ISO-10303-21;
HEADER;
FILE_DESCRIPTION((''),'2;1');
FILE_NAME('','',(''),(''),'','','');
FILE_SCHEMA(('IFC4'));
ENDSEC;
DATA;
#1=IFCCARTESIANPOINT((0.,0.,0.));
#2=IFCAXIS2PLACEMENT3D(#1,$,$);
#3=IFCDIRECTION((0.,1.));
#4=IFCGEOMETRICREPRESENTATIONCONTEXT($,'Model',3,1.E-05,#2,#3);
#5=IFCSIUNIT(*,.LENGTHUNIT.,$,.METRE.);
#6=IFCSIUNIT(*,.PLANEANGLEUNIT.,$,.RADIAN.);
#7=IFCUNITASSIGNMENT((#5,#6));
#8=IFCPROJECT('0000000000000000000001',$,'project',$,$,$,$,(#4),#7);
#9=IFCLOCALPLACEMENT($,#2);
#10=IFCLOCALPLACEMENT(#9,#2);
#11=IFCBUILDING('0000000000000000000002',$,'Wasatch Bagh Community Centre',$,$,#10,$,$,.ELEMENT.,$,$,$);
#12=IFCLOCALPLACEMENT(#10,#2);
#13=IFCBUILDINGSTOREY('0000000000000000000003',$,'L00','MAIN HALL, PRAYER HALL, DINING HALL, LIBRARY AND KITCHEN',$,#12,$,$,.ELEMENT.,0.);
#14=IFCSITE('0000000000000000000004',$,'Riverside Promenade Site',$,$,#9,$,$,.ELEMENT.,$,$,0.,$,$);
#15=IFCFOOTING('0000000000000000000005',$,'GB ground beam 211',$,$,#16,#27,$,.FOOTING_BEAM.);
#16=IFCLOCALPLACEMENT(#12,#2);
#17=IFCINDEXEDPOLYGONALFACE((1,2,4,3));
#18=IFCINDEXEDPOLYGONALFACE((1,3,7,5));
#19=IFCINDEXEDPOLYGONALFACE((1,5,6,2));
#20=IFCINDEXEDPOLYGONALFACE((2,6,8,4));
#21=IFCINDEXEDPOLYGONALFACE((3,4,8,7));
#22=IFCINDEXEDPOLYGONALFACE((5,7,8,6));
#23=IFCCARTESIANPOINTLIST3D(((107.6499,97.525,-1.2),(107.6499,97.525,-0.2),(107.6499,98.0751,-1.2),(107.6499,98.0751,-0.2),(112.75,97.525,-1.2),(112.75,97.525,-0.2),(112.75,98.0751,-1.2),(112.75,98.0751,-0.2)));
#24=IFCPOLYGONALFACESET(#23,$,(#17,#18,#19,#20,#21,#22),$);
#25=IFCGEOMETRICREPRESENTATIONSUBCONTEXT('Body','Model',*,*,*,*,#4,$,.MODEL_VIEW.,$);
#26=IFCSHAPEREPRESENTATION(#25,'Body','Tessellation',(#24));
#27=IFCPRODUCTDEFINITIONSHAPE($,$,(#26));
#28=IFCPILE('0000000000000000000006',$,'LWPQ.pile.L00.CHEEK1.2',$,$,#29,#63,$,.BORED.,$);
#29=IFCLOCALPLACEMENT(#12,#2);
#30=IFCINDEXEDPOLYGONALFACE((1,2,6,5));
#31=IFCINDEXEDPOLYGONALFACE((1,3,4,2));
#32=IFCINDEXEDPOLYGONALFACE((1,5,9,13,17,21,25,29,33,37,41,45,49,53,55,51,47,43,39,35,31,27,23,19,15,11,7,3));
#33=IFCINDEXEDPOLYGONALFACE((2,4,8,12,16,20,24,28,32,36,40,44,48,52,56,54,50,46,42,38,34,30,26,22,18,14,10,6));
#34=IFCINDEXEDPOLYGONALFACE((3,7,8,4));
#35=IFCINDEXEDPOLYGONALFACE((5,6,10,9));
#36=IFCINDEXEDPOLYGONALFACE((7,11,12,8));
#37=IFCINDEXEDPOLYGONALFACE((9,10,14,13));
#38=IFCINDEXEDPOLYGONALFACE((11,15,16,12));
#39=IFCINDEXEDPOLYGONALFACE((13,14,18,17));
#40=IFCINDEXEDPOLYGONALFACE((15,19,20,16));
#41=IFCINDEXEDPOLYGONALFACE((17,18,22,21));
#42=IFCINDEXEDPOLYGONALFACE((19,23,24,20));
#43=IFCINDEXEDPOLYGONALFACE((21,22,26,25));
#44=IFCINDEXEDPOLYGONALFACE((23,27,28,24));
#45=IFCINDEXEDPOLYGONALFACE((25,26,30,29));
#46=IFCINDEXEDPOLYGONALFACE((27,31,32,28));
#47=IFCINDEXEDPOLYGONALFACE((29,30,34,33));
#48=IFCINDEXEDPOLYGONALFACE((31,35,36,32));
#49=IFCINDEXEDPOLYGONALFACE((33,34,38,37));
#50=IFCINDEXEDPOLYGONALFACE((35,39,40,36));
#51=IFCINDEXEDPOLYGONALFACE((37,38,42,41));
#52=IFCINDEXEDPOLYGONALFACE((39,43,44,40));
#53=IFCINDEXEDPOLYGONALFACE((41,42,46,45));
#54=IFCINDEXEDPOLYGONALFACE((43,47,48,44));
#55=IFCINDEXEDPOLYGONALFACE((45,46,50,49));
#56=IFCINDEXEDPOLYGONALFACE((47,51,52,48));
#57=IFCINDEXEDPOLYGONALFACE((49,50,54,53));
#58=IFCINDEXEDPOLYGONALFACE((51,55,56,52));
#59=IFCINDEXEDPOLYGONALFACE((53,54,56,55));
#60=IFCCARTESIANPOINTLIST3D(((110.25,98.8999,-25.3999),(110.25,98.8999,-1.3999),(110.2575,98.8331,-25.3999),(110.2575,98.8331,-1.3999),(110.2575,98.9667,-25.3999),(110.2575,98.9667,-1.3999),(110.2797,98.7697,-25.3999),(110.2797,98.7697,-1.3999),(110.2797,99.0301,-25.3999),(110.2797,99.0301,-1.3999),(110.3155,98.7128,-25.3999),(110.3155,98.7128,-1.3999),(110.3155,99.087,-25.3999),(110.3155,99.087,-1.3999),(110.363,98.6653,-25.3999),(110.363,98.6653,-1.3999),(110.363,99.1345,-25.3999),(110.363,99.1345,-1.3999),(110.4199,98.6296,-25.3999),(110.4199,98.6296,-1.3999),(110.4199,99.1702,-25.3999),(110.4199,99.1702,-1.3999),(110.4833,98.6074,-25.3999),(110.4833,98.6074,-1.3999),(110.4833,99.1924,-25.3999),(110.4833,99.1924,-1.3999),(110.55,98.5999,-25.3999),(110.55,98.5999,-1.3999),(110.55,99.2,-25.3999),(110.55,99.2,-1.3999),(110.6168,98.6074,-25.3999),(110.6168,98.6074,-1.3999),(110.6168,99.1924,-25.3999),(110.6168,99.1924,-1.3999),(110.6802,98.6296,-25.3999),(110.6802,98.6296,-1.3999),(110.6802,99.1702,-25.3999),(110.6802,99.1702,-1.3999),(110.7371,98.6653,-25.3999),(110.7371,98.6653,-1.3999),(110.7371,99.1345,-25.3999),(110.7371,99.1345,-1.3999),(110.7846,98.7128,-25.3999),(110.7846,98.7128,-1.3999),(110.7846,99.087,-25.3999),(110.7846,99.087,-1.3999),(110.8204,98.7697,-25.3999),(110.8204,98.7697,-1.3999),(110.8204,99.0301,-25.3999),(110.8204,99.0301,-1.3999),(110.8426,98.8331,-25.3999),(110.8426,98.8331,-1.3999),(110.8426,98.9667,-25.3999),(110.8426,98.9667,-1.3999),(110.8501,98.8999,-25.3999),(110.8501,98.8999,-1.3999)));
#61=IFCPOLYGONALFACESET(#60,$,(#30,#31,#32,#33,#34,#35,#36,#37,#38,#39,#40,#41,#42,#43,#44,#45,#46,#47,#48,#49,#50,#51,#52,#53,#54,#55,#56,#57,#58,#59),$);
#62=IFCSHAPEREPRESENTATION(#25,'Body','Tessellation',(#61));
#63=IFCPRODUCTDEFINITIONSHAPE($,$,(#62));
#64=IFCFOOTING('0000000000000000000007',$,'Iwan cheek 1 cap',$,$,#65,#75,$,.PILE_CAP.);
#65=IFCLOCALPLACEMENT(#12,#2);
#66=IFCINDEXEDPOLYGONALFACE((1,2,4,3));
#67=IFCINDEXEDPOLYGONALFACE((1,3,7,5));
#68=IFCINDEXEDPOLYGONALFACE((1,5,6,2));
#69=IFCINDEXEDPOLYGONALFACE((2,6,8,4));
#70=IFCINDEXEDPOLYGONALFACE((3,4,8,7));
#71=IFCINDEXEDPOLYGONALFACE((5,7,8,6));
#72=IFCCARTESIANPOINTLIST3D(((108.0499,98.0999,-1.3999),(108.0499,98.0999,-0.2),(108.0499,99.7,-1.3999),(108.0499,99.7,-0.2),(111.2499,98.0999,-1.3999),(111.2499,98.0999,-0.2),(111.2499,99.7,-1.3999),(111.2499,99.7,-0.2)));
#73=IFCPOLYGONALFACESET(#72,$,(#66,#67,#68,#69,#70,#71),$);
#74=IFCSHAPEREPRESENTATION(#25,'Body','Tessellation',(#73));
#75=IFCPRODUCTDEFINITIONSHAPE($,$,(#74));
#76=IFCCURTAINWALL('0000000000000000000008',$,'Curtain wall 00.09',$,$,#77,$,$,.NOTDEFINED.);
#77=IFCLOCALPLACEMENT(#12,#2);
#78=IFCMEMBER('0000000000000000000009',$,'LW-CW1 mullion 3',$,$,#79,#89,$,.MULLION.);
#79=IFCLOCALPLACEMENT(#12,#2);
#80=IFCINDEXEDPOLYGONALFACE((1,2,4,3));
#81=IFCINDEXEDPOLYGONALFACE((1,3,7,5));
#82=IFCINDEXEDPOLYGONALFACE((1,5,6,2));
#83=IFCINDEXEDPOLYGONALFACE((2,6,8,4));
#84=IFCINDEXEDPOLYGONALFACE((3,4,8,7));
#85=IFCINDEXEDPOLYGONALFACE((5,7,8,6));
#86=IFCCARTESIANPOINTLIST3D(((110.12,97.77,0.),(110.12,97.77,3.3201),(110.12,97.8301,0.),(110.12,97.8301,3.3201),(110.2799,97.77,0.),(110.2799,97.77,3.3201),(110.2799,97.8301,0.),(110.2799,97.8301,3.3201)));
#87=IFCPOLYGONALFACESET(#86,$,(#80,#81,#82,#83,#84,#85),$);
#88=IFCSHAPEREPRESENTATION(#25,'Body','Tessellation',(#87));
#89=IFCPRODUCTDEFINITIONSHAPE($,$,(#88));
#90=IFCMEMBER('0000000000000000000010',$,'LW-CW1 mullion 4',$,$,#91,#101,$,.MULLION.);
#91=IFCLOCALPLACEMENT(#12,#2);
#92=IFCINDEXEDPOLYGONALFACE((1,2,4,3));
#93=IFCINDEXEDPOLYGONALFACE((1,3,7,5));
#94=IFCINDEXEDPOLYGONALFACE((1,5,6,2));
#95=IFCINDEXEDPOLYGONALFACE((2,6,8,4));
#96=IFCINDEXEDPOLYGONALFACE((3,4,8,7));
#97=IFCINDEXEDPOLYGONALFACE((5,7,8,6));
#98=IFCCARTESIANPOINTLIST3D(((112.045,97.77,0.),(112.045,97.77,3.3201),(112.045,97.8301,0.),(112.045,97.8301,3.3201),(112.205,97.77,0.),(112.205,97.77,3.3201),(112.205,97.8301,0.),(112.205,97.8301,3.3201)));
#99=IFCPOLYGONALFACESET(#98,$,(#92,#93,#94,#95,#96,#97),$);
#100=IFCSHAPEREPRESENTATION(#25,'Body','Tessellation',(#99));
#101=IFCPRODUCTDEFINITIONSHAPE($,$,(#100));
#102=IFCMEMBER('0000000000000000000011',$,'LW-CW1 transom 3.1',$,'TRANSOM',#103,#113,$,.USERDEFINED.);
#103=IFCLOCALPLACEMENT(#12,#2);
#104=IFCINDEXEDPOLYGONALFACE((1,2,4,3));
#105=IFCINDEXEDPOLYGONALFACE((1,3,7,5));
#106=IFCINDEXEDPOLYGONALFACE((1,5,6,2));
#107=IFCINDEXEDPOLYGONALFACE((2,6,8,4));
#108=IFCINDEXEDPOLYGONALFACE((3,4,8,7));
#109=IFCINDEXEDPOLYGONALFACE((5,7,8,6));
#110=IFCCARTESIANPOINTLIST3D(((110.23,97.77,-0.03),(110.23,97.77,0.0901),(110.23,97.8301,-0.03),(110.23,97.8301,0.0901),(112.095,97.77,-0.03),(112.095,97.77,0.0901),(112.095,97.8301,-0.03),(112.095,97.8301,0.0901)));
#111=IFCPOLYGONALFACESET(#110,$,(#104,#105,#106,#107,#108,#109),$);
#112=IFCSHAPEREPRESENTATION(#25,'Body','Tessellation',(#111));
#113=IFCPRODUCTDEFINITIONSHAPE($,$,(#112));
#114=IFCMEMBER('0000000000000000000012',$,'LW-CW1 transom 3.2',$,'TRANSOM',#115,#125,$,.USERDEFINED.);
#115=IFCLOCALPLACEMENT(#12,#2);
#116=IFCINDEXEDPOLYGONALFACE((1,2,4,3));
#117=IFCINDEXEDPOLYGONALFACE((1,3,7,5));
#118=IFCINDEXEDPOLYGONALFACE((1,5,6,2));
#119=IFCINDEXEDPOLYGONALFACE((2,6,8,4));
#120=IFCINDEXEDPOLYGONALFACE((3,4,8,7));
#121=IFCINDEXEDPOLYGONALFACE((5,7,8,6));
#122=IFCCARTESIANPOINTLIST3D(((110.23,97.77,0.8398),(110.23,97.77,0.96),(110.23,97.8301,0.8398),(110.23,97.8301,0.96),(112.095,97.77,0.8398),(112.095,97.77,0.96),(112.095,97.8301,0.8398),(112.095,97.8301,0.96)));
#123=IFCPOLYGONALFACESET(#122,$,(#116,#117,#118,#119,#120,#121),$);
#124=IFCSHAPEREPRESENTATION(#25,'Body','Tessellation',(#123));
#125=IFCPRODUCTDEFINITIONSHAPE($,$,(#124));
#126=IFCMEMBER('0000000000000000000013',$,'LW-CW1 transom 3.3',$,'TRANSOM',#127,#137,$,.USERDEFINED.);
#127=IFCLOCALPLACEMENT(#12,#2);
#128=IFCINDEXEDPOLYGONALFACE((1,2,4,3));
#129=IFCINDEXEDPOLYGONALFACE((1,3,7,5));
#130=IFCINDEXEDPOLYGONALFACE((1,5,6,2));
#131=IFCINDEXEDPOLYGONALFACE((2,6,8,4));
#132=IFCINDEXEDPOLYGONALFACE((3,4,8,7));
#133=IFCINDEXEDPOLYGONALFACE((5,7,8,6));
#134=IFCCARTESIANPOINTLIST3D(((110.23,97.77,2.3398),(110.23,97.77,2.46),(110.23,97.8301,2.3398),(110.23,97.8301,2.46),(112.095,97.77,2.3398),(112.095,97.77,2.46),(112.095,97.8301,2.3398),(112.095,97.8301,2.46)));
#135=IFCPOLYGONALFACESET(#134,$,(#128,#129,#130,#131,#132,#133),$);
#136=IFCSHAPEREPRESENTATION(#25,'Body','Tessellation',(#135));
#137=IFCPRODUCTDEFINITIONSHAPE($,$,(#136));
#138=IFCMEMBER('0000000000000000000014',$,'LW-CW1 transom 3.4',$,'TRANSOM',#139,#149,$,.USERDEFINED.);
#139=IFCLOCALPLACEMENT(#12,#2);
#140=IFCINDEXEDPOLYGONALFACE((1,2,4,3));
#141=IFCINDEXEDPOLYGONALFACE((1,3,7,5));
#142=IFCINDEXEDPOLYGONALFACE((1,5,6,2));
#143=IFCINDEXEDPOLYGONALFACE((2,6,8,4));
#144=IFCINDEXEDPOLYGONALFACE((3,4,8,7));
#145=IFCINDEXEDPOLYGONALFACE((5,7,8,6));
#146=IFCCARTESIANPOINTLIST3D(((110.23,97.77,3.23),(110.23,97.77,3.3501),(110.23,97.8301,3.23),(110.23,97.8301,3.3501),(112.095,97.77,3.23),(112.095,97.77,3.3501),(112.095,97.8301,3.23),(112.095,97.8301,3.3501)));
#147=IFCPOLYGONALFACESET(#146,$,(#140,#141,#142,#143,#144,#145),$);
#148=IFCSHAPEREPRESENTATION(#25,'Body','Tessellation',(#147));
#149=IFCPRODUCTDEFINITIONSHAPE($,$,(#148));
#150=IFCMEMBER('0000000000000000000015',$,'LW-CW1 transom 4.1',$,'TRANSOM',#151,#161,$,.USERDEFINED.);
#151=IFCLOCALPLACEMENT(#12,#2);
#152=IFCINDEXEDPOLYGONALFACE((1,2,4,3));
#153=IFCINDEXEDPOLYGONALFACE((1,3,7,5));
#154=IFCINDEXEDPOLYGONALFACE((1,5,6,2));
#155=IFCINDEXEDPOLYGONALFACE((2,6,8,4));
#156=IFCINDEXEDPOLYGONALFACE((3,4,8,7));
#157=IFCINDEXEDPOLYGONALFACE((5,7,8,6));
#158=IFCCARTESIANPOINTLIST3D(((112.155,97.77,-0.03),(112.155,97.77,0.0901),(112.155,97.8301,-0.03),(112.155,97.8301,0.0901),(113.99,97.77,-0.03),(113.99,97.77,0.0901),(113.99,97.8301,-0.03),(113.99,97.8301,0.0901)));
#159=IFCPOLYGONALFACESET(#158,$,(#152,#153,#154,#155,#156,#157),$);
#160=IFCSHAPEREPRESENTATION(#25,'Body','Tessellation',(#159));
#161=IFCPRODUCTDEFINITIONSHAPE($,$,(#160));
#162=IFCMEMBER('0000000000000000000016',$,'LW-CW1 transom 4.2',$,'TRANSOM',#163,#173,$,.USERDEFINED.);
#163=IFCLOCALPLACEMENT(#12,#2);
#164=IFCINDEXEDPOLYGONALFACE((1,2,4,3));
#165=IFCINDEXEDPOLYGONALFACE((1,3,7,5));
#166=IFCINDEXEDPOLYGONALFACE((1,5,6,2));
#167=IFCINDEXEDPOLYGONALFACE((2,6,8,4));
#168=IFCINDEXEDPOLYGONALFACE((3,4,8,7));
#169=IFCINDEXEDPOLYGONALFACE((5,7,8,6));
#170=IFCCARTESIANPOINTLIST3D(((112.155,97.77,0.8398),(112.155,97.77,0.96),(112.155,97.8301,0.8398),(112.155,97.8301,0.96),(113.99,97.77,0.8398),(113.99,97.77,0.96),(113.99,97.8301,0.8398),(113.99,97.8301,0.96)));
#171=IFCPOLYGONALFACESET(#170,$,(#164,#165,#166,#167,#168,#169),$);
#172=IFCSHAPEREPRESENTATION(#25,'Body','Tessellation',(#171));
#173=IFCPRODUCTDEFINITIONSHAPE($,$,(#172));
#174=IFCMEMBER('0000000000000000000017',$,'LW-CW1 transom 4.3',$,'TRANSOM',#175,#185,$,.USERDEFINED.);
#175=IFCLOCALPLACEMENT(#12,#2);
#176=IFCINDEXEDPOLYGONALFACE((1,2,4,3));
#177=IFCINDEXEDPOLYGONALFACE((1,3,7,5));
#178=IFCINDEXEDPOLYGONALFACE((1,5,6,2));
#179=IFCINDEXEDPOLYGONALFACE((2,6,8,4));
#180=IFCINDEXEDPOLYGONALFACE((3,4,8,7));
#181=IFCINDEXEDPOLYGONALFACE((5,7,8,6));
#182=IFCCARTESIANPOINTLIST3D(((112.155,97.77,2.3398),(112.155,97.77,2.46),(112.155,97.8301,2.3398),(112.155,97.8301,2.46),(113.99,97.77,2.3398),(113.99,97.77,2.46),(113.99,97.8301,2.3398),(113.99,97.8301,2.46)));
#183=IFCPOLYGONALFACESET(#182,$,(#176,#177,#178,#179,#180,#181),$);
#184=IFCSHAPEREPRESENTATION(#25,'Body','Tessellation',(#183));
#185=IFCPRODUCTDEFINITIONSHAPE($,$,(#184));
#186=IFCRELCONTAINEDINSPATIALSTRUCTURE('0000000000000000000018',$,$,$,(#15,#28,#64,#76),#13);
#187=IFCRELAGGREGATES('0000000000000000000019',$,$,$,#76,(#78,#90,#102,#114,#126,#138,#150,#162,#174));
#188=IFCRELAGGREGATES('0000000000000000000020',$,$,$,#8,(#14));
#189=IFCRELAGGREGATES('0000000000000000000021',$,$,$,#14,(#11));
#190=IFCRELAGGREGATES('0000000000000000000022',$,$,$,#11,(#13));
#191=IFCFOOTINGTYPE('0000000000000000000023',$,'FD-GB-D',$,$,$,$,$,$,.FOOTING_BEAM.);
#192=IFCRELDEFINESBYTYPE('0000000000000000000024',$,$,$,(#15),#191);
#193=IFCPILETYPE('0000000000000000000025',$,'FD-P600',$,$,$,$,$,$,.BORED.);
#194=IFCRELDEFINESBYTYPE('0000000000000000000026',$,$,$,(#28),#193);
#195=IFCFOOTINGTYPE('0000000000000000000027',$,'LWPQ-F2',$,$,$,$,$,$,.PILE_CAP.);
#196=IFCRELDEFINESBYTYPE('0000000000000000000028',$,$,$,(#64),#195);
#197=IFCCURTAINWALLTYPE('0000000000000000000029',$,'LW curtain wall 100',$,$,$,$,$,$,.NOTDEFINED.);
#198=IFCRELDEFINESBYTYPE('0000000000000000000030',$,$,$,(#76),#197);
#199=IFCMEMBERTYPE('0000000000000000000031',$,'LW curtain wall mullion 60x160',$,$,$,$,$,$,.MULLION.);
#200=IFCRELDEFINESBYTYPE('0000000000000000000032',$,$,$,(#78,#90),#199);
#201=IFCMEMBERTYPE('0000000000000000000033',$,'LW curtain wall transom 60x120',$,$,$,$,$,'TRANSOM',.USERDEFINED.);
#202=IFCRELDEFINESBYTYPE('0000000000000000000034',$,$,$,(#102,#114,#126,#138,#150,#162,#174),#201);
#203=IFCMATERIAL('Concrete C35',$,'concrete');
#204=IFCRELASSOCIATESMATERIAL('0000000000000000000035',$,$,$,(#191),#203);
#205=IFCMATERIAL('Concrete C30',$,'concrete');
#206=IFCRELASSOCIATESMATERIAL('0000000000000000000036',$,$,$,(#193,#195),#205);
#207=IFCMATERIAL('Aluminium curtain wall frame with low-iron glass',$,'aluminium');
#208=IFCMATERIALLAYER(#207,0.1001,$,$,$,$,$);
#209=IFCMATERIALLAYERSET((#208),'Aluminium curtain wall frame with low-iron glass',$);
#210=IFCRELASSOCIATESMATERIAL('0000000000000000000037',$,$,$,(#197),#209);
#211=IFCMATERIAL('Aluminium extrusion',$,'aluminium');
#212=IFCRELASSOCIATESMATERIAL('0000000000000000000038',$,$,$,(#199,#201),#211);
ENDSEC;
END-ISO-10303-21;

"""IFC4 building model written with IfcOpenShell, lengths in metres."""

from ifc_helpers import new_model, si_unit, direction, frame, origin, origin_2d, place, context, subcontext, project, spatial, rectangle, circle, extrude, material, layer, layer_set, material_profile, profile_set, type_object, element, aggregate, save


model = new_model("IFC4")

# Units and contexts
model_context = context("Model", 3, precision=1e-05, world=origin(), true_north=direction((0.0, 1.0)))
body_context = subcontext(model_context, "Body", "Model", "MODEL_VIEW")
ifc_project = project(units=[si_unit("LENGTHUNIT", "METRE"), si_unit("PLANEANGLEUNIT", "RADIAN")], contexts=[model_context])

# Site, building, storey
site_placement = place(None, origin())
site = spatial("IfcSite", under=ifc_project, at=site_placement, Name="Riverside Promenade Site", CompositionType="ELEMENT", RefElevation=0.0)
building_placement = place(site_placement, origin())
building = spatial("IfcBuilding", under=site, at=building_placement, Name="Wasatch Bagh Community Centre", CompositionType="ELEMENT")
storey_placement = place(building_placement, origin())
storey = spatial("IfcBuildingStorey", under=building, at=storey_placement, Name="L00", Description="MAIN HALL, PRAYER HALL, DINING HALL, LIBRARY AND KITCHEN", CompositionType="ELEMENT", Elevation=0.0)

# Footing
ifc_material_1 = material(Name="Concrete C35", Category="concrete")
footing_type_1 = type_object("IfcFootingType", Name="FD-GB-D", PredefinedType="FOOTING_BEAM", material=ifc_material_1)
footing_1_placement = place(storey_placement, frame((110.2, 97.8, -1.2), z_axis=(0.0, 0.0, 1.0), x_axis=(1.0, 0.0, 0.0)))
element("IfcFooting", 1, at=footing_1_placement, inside=storey, type_object=footing_type_1, Name="GB ground beam 211", PredefinedType="FOOTING_BEAM", context=body_context, shape_type="SweptSolid", body=[
    extrude(rectangle(XDim=5.1001, YDim=0.55, at=origin_2d()), origin(), (0.0, 0.0, 1.0), 1.0),
])

# Pile
ifc_material_2 = material(Name="Concrete C30", Category="concrete")
ifc_material_profile_1 = material_profile(ifc_material_2, circle(Radius=0.3, at=origin_2d()), Name="RC D600")
ifc_profile_set_1 = profile_set([ifc_material_profile_1], Name="Concrete C30")
pile_type = type_object("IfcPileType", Name="FD-P600", PredefinedType="BORED", material=ifc_profile_set_1)
pile_placement = place(storey_placement, frame((110.55, 98.8999, -1.3999), z_axis=(0.0, 0.0, -1.0), x_axis=(1.0, 0.0, 0.0)))
element("IfcPile", 2, at=pile_placement, inside=storey, type_object=pile_type, Name="LWPQ.pile.L00.CHEEK1.2", PredefinedType="BORED", context=body_context, shape_type="SweptSolid", body=[
    extrude(circle(Radius=0.3, at=origin_2d()), origin(), (0.0, 0.0, 1.0), 24.0),
])

# Footing
footing_type_2 = type_object("IfcFootingType", Name="LWPQ-F2", PredefinedType="PILE_CAP", material=ifc_material_2)
footing_2_placement = place(storey_placement, frame((109.6499, 98.8999, -1.3999), z_axis=(0.0, 0.0, 1.0), x_axis=(0.0, 1.0, 0.0)))
element("IfcFooting", 3, at=footing_2_placement, inside=storey, type_object=footing_type_2, Name="Iwan cheek 1 cap", PredefinedType="PILE_CAP", context=body_context, shape_type="SweptSolid", body=[
    extrude(rectangle(XDim=1.6001, YDim=3.2, at=origin_2d()), origin(), (0.0, 0.0, 1.0), 1.2),
])

# Curtain wall, members
ifc_material_3 = material(Name="Aluminium curtain wall frame with low-iron glass", Category="aluminium")
ifc_layer_1 = layer(ifc_material_3, 0.1001)
ifc_layer_set_1 = layer_set([ifc_layer_1], Name="Aluminium curtain wall frame with low-iron glass")
curtain_wall_type = type_object("IfcCurtainWallType", Name="LW curtain wall 100", PredefinedType="NOTDEFINED", material=ifc_layer_set_1)
curtain_wall_placement = place(storey_placement, origin())
curtain_wall = element("IfcCurtainWall", 4, at=curtain_wall_placement, inside=storey, type_object=curtain_wall_type, Name="Curtain wall 00.09", PredefinedType="NOTDEFINED")
ifc_material_4 = material(Name="Aluminium extrusion", Category="aluminium")
ifc_material_profile_2 = material_profile(ifc_material_4, rectangle(XDim=0.0601, YDim=0.1599, at=origin_2d()), Name="AL 60x160")
ifc_profile_set_2 = profile_set([ifc_material_profile_2], Name="Aluminium extrusion")
member_type_1 = type_object("IfcMemberType", Name="LW curtain wall mullion 60x160", PredefinedType="MULLION", material=ifc_profile_set_2)
member_1_placement = place(storey_placement, frame((110.2, 97.8, 0.0), z_axis=(0.0, 0.0, 1.0), x_axis=(0.0, 1.0, 0.0)))
member_1 = element("IfcMember", 5, at=member_1_placement, type_object=member_type_1, Name="LW-CW1 mullion 3", PredefinedType="MULLION", context=body_context, shape_type="SweptSolid", body=[
    extrude(rectangle(XDim=0.0601, YDim=0.1599, at=origin_2d()), origin(), (0.0, 0.0, 1.0), 3.3201),
])
member_2_placement = place(storey_placement, frame((112.125, 97.8, 0.0), z_axis=(0.0, 0.0, 1.0), x_axis=(0.0, 1.0, 0.0)))
member_2 = element("IfcMember", 6, at=member_2_placement, type_object=member_type_1, Name="LW-CW1 mullion 4", PredefinedType="MULLION", context=body_context, shape_type="SweptSolid", body=[
    extrude(rectangle(XDim=0.0601, YDim=0.1599, at=origin_2d()), origin(), (0.0, 0.0, 1.0), 3.3201),
])
ifc_material_profile_3 = material_profile(ifc_material_4, rectangle(XDim=0.0601, YDim=0.1201, at=origin_2d()), Name="AL 60x120")
ifc_profile_set_3 = profile_set([ifc_material_profile_3], Name="Aluminium extrusion")
member_type_2 = type_object("IfcMemberType", Name="LW curtain wall transom 60x120", ElementType="TRANSOM", PredefinedType="USERDEFINED", material=ifc_profile_set_3)
member_3_placement = place(storey_placement, frame((110.23, 97.8, 0.03), z_axis=(1.0, 0.0, 0.0), x_axis=(0.0, 1.0, 0.0)))
member_3 = element("IfcMember", 7, at=member_3_placement, type_object=member_type_2, Name="LW-CW1 transom 3.1", ObjectType="TRANSOM", PredefinedType="USERDEFINED", context=body_context, shape_type="SweptSolid", body=[
    extrude(rectangle(XDim=0.0601, YDim=0.1201, at=origin_2d()), origin(), (0.0, 0.0, 1.0), 1.865),
])
member_4_placement = place(storey_placement, frame((110.23, 97.8, 0.8999), z_axis=(1.0, 0.0, 0.0), x_axis=(0.0, 1.0, 0.0)))
member_4 = element("IfcMember", 8, at=member_4_placement, type_object=member_type_2, Name="LW-CW1 transom 3.2", ObjectType="TRANSOM", PredefinedType="USERDEFINED", context=body_context, shape_type="SweptSolid", body=[
    extrude(rectangle(XDim=0.0601, YDim=0.1201, at=origin_2d()), origin(), (0.0, 0.0, 1.0), 1.865),
])
member_5_placement = place(storey_placement, frame((110.23, 97.8, 2.3999), z_axis=(1.0, 0.0, 0.0), x_axis=(0.0, 1.0, 0.0)))
member_5 = element("IfcMember", 9, at=member_5_placement, type_object=member_type_2, Name="LW-CW1 transom 3.3", ObjectType="TRANSOM", PredefinedType="USERDEFINED", context=body_context, shape_type="SweptSolid", body=[
    extrude(rectangle(XDim=0.0601, YDim=0.1201, at=origin_2d()), origin(), (0.0, 0.0, 1.0), 1.865),
])
member_6_placement = place(storey_placement, frame((110.23, 97.8, 3.29), z_axis=(1.0, 0.0, 0.0), x_axis=(0.0, 1.0, 0.0)))
member_6 = element("IfcMember", 10, at=member_6_placement, type_object=member_type_2, Name="LW-CW1 transom 3.4", ObjectType="TRANSOM", PredefinedType="USERDEFINED", context=body_context, shape_type="SweptSolid", body=[
    extrude(rectangle(XDim=0.0601, YDim=0.1201, at=origin_2d()), origin(), (0.0, 0.0, 1.0), 1.865),
])
member_7_placement = place(storey_placement, frame((112.155, 97.8, 0.03), z_axis=(1.0, 0.0, 0.0), x_axis=(0.0, 1.0, 0.0)))
member_7 = element("IfcMember", 11, at=member_7_placement, type_object=member_type_2, Name="LW-CW1 transom 4.1", ObjectType="TRANSOM", PredefinedType="USERDEFINED", context=body_context, shape_type="SweptSolid", body=[
    extrude(rectangle(XDim=0.0601, YDim=0.1201, at=origin_2d()), origin(), (0.0, 0.0, 1.0), 1.835),
])
member_8_placement = place(storey_placement, frame((112.155, 97.8, 0.8999), z_axis=(1.0, 0.0, 0.0), x_axis=(0.0, 1.0, 0.0)))
member_8 = element("IfcMember", 12, at=member_8_placement, type_object=member_type_2, Name="LW-CW1 transom 4.2", ObjectType="TRANSOM", PredefinedType="USERDEFINED", context=body_context, shape_type="SweptSolid", body=[
    extrude(rectangle(XDim=0.0601, YDim=0.1201, at=origin_2d()), origin(), (0.0, 0.0, 1.0), 1.835),
])
member_9_placement = place(storey_placement, frame((112.155, 97.8, 2.3999), z_axis=(1.0, 0.0, 0.0), x_axis=(0.0, 1.0, 0.0)))
member_9 = element("IfcMember", 13, at=member_9_placement, type_object=member_type_2, Name="LW-CW1 transom 4.3", ObjectType="TRANSOM", PredefinedType="USERDEFINED", context=body_context, shape_type="SweptSolid", body=[
    extrude(rectangle(XDim=0.0601, YDim=0.1201, at=origin_2d()), origin(), (0.0, 0.0, 1.0), 1.835),
])
aggregate(curtain_wall, [member_1, member_2, member_3, member_4, member_5, member_6, member_7, member_8, member_9])

save(model, "model.ifc")
